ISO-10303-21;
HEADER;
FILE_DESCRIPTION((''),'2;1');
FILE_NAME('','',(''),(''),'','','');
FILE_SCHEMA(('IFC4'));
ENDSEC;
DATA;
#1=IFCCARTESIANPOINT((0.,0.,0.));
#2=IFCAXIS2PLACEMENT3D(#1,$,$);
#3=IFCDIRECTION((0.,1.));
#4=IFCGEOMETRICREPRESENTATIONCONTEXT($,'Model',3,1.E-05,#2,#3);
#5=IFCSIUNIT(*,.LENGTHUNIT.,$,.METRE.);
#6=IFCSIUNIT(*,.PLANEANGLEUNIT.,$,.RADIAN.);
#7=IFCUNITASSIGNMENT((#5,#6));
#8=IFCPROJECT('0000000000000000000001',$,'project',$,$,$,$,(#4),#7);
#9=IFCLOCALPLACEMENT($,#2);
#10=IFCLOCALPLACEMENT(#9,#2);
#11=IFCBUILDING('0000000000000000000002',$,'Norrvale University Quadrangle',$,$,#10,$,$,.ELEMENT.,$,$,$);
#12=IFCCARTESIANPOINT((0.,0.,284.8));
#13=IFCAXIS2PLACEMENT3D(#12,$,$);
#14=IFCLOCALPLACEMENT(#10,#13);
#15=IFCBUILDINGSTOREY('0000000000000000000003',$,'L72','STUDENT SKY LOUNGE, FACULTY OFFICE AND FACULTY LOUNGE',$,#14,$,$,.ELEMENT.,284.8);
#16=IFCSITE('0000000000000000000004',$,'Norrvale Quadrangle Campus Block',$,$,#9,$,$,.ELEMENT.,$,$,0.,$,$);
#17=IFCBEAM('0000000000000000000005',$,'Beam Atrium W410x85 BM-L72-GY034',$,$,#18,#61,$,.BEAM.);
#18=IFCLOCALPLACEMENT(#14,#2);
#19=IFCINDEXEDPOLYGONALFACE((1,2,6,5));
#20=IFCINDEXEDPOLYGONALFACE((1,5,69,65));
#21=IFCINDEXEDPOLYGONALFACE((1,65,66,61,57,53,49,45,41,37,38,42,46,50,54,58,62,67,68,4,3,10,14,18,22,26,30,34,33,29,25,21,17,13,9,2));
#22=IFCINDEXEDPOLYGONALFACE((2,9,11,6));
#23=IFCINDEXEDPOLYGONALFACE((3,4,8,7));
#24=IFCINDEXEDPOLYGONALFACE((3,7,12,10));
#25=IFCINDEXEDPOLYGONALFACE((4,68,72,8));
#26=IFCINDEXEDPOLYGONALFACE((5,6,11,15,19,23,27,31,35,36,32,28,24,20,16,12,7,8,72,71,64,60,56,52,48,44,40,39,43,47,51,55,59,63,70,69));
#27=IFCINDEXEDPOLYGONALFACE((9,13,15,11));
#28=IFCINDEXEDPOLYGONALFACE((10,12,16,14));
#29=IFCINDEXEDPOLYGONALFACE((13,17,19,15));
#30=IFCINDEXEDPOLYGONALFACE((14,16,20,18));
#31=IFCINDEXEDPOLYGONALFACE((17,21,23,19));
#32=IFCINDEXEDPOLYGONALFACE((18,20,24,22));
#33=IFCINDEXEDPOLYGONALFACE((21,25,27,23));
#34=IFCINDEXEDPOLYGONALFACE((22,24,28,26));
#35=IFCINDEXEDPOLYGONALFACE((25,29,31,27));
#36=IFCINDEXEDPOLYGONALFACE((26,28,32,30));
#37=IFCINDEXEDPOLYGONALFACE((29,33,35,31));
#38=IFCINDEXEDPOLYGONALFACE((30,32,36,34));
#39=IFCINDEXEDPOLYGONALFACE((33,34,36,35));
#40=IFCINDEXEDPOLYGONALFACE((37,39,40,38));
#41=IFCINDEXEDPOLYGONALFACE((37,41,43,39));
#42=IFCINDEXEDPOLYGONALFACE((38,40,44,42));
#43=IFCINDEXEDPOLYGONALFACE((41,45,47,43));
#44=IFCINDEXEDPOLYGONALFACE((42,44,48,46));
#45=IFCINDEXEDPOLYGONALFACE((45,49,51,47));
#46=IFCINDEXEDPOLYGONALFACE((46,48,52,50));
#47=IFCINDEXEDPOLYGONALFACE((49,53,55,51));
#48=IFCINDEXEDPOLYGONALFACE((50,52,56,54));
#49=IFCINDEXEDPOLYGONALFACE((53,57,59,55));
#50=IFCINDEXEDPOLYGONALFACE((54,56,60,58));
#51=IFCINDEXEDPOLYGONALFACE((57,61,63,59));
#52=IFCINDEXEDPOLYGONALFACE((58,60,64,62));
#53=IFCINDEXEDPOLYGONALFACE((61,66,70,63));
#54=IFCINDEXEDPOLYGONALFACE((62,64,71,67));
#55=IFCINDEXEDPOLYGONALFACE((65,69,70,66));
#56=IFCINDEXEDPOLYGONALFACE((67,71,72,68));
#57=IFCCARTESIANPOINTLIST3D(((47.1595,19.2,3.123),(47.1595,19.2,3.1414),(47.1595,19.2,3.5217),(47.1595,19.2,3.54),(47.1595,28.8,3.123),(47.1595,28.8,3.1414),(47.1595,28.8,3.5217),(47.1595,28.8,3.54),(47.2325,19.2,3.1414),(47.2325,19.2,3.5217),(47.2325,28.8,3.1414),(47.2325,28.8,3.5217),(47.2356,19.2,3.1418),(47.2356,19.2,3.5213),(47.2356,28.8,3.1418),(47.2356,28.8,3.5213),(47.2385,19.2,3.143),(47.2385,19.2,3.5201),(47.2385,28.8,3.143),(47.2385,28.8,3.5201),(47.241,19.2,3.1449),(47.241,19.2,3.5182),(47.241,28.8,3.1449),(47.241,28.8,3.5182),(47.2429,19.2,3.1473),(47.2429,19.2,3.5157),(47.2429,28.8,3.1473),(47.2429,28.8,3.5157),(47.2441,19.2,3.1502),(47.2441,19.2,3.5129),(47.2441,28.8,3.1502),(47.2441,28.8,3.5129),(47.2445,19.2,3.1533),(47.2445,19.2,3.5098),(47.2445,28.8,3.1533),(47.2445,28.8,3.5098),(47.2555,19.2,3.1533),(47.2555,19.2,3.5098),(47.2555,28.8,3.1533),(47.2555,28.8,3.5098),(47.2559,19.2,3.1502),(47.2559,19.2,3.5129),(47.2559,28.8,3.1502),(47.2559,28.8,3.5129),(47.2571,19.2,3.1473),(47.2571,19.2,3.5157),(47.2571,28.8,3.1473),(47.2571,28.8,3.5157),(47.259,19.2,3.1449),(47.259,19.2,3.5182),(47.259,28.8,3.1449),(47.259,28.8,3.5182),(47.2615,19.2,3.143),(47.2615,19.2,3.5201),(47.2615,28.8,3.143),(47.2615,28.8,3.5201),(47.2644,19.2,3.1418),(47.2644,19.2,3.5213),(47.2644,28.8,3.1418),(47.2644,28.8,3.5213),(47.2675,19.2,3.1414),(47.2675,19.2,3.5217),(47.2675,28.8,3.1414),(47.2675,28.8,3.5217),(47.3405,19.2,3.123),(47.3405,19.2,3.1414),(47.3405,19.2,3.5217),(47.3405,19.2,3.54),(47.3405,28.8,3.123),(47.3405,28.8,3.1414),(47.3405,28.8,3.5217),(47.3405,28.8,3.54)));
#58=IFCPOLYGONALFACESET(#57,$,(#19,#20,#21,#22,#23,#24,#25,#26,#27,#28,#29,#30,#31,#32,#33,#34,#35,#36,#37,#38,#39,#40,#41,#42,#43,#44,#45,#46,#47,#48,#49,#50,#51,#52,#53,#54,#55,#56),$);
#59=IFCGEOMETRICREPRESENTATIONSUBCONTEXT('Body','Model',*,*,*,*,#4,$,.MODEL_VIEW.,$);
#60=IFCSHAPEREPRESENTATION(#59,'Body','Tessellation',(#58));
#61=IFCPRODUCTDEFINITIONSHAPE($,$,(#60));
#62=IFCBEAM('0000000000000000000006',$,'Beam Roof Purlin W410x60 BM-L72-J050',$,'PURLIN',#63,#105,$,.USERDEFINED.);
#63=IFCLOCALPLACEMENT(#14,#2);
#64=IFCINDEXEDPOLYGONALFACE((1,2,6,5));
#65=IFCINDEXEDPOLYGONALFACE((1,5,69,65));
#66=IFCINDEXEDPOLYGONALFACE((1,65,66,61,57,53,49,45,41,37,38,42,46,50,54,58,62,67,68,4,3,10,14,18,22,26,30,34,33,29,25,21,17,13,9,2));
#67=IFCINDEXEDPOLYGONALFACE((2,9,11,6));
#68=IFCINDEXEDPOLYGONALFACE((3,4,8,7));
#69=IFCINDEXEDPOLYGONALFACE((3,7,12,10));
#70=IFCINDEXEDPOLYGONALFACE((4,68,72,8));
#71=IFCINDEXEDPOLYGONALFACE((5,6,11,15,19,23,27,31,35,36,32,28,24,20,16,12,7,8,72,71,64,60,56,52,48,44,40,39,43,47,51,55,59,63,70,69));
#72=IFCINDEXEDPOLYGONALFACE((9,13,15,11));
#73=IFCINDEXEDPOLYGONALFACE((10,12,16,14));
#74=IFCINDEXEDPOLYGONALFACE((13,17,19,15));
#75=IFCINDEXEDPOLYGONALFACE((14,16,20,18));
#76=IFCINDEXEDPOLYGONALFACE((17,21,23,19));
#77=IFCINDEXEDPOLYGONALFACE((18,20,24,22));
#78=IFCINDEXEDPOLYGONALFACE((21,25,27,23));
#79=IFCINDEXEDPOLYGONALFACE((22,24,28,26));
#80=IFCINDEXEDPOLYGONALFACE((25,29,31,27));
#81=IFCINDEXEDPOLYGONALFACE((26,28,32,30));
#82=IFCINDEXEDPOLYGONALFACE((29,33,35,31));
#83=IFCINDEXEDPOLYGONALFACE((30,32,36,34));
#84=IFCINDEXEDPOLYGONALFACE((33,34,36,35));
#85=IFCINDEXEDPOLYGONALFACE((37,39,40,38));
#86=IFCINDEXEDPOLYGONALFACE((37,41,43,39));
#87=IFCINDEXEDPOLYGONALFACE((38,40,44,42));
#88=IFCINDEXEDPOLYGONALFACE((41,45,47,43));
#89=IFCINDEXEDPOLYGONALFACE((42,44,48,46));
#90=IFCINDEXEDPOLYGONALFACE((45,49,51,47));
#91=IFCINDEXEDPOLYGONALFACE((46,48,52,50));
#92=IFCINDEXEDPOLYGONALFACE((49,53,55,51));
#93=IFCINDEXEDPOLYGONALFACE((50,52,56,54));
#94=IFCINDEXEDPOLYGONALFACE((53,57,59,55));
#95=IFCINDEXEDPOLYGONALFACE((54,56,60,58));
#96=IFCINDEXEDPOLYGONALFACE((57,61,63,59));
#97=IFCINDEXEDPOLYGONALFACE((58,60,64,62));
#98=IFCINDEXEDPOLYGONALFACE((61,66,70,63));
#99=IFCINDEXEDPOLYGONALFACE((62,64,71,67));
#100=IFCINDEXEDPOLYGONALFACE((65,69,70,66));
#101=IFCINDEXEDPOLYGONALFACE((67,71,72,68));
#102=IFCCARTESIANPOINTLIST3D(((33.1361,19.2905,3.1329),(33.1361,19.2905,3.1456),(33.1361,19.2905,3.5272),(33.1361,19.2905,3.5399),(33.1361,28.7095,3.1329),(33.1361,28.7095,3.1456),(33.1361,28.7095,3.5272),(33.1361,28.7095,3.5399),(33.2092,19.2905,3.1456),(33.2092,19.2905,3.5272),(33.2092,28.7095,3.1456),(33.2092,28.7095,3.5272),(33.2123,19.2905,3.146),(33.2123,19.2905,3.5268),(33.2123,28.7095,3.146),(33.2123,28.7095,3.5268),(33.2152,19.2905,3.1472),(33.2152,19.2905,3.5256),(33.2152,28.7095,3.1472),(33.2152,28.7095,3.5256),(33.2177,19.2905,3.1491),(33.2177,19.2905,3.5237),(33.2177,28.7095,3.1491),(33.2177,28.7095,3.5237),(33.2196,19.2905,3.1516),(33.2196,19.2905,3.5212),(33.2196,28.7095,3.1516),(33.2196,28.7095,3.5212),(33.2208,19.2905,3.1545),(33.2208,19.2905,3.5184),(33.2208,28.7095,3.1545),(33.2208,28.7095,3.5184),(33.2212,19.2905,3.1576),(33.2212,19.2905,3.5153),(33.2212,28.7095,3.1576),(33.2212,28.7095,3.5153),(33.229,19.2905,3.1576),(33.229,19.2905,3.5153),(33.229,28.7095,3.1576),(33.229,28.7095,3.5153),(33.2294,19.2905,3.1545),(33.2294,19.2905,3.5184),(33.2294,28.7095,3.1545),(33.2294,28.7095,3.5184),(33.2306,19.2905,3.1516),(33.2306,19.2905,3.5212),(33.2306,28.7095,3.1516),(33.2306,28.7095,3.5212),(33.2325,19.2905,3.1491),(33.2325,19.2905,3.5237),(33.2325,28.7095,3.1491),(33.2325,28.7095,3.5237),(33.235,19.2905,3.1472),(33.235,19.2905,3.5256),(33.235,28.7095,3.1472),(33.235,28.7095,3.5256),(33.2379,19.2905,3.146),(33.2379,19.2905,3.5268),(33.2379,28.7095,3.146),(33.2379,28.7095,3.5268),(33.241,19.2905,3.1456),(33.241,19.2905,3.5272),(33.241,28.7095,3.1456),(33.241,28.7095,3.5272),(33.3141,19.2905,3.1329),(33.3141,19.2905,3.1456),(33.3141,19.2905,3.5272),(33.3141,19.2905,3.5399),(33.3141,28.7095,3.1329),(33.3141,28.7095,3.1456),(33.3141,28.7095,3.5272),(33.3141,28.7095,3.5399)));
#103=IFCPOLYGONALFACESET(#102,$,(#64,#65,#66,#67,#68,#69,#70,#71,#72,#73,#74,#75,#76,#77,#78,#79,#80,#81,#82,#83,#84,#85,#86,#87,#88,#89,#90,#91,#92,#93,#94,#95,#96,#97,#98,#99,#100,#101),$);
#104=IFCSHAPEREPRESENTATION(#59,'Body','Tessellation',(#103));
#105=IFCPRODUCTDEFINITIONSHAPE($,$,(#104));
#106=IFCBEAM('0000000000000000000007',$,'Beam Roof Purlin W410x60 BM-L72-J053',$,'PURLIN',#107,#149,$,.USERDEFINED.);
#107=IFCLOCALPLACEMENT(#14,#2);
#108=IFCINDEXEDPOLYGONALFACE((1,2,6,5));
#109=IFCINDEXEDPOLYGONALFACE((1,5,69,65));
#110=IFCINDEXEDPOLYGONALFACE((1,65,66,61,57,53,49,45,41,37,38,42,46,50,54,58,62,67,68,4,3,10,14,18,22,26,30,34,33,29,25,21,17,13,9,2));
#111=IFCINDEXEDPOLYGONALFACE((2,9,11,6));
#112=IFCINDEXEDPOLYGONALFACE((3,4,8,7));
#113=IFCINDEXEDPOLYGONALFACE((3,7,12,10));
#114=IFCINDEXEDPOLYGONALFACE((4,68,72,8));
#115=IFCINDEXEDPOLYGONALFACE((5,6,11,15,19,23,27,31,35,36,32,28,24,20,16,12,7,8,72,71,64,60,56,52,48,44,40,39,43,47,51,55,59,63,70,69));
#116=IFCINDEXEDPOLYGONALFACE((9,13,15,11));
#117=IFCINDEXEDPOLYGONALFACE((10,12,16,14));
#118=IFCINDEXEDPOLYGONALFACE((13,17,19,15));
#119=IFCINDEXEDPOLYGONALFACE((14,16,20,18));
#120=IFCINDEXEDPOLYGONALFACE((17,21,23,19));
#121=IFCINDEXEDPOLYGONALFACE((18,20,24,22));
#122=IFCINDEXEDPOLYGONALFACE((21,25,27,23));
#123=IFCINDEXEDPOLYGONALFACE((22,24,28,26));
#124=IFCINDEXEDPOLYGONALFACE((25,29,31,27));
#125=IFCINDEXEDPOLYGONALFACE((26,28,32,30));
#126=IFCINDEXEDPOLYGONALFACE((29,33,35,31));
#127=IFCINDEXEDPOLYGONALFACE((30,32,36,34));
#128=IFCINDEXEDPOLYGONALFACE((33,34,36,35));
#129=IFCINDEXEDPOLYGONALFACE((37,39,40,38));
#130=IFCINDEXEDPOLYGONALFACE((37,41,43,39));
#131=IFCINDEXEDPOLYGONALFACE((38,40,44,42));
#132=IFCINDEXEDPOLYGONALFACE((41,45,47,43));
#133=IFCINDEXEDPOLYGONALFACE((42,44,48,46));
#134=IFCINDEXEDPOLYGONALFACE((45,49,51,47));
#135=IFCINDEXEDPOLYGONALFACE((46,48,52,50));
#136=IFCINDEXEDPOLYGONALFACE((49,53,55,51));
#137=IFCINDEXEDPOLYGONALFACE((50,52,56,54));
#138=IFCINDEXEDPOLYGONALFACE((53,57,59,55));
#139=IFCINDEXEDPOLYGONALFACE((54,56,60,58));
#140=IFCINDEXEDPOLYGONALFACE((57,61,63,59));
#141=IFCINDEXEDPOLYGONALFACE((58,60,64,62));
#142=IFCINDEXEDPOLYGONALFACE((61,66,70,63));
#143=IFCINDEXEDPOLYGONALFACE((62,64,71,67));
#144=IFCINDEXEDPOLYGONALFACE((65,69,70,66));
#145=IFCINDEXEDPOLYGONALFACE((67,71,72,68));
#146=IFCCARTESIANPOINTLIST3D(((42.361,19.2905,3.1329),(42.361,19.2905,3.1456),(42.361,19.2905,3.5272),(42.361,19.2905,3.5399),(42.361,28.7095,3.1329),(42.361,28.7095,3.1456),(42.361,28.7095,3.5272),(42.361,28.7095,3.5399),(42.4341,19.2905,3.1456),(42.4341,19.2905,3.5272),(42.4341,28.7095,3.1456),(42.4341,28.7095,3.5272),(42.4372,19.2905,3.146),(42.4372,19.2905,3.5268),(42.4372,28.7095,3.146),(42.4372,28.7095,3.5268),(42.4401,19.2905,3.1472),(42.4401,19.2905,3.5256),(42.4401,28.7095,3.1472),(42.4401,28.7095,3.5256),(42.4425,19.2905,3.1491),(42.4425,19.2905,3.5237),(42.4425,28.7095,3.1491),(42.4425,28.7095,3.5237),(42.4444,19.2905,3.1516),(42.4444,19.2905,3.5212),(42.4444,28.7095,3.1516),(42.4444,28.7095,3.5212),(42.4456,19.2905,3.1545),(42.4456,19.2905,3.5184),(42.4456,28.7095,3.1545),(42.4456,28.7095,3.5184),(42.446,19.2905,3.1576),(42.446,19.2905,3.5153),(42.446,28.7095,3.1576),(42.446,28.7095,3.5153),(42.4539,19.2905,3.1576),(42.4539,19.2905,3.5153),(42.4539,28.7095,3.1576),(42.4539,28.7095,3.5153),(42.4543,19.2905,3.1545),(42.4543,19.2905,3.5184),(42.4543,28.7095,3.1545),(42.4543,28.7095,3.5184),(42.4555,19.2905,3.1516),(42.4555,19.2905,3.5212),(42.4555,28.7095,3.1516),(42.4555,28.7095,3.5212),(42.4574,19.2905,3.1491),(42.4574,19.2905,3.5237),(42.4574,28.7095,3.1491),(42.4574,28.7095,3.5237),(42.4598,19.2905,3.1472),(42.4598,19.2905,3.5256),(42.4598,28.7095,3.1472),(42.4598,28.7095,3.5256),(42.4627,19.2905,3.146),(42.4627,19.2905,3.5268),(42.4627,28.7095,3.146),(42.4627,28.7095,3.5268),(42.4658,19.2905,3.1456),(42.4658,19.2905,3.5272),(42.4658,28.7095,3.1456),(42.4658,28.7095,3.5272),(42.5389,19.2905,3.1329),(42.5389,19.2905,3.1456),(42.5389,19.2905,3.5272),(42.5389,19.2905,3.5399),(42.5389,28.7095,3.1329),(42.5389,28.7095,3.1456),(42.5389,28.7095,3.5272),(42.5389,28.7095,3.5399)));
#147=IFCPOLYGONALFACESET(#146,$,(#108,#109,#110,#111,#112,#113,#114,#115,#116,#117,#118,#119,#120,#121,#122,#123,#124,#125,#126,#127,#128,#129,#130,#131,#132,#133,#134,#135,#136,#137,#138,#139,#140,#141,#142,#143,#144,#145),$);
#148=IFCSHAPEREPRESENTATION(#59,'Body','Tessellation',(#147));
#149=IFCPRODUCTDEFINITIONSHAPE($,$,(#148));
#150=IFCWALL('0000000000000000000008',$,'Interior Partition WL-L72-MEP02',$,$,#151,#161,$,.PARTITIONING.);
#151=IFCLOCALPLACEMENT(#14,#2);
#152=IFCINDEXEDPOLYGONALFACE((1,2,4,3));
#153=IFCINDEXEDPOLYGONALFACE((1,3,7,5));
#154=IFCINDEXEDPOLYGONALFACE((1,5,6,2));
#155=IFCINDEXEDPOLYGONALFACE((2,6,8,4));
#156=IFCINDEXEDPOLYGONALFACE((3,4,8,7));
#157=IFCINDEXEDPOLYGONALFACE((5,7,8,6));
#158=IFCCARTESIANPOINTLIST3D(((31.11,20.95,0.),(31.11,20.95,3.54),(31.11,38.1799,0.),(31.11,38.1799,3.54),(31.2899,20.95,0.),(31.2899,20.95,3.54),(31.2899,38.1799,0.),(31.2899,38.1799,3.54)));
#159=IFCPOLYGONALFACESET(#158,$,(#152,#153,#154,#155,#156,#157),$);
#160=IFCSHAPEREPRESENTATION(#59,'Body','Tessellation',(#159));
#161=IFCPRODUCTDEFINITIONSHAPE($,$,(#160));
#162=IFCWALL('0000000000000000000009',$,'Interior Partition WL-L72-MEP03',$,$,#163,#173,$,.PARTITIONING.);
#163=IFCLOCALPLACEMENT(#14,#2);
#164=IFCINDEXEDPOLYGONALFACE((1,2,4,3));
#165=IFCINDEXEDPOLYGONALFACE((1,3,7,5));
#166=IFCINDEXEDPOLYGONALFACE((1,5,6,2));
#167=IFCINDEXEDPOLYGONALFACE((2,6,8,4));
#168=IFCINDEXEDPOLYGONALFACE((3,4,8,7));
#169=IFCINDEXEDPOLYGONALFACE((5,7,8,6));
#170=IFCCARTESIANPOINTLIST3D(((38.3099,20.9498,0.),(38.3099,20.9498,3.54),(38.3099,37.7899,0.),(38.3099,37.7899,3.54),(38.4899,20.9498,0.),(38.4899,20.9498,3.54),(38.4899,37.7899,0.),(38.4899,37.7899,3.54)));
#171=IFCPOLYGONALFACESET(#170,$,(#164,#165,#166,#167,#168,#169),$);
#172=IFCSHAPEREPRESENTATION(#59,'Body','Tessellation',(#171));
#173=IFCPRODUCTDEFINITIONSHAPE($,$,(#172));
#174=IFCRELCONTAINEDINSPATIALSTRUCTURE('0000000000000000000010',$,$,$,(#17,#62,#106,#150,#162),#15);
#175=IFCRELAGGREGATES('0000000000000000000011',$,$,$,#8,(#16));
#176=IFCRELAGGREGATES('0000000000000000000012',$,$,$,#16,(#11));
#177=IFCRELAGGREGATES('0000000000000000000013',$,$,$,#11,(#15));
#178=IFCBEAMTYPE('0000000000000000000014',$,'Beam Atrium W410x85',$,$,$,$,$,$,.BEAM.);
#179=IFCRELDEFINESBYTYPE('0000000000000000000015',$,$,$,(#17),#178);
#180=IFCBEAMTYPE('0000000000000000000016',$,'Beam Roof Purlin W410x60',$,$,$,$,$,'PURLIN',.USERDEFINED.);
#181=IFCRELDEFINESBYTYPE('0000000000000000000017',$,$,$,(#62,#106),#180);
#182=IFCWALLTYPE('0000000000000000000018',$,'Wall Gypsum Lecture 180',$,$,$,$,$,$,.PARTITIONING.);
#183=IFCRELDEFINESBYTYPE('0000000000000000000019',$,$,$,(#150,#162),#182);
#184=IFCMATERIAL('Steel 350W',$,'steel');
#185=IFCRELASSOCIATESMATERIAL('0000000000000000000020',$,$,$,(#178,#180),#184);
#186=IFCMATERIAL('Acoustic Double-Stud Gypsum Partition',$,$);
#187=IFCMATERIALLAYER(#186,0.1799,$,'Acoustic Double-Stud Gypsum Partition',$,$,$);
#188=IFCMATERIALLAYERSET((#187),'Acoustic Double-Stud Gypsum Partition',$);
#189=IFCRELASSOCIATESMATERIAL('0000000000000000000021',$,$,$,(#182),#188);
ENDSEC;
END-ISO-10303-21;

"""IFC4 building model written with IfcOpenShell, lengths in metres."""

from ifc_helpers import new_model, si_unit, direction, frame, frame_2d, origin, origin_2d, place, context, subcontext, project, spatial, rectangle, i_section, extrude, material, layer, layer_set, material_profile, profile_set, type_object, element, save


model = new_model("IFC4")

# Units and contexts
model_context = context("Model", 3, precision=1e-05, world=origin(), true_north=direction((0.0, 1.0)))
body_context = subcontext(model_context, "Body", "Model", "MODEL_VIEW")
ifc_project = project(units=[si_unit("LENGTHUNIT", "METRE"), si_unit("PLANEANGLEUNIT", "RADIAN")], contexts=[model_context])

# Site, building, storey
site_placement = place(None, origin())
site = spatial("IfcSite", under=ifc_project, at=site_placement, Name="Norrvale Quadrangle Campus Block", CompositionType="ELEMENT", RefElevation=0.0)
building_placement = place(site_placement, origin())
building = spatial("IfcBuilding", under=site, at=building_placement, Name="Norrvale University Quadrangle", CompositionType="ELEMENT")
storey_placement = place(building_placement, frame((0.0, 0.0, 284.8)))
storey = spatial("IfcBuildingStorey", under=building, at=storey_placement, Name="L72", Description="STUDENT SKY LOUNGE, FACULTY OFFICE AND FACULTY LOUNGE", CompositionType="ELEMENT", Elevation=284.8)

# Beams
ifc_material_1 = material(Name="Steel 350W", Category="steel")
ifc_material_profile_1 = material_profile(ifc_material_1, i_section(OverallWidth=0.1809, OverallDepth=0.417, WebThickness=0.011, FlangeThickness=0.0183, FilletRadius=0.012, at=origin_2d()), Name="Steel 350W")
ifc_profile_set_1 = profile_set([ifc_material_profile_1], Name="Steel 350W")
beam_type_1 = type_object("IfcBeamType", Name="Beam Atrium W410x85", PredefinedType="BEAM", material=ifc_profile_set_1)
for number, where, z_axis, x_axis, name in (
    (1, (47.25, 19.2, 3.3315), (0.0, 1.0, 0.0), (-1.0, 0.0, 0.0), "Beam Atrium W410x85 BM-L72-GY034"),
):
    element("IfcBeam", number, at=place(storey_placement, frame(where, z_axis=z_axis, x_axis=x_axis)), inside=storey, type_object=beam_type_1, Name=name, PredefinedType="BEAM", context=body_context, shape_type="SweptSolid", body=[
        extrude(i_section(OverallWidth=0.1809, OverallDepth=0.417, WebThickness=0.011, FlangeThickness=0.0183, FilletRadius=0.012, at=origin_2d()), origin(), (0.0, 0.0, 1.0), 9.6001),
    ])
ifc_material_profile_2 = material_profile(ifc_material_1, i_section(OverallWidth=0.178, OverallDepth=0.407, WebThickness=0.0078, FlangeThickness=0.0127, FilletRadius=0.012, at=origin_2d()), Name="Steel 350W")
ifc_profile_set_2 = profile_set([ifc_material_profile_2], Name="Steel 350W")
beam_type_2 = type_object("IfcBeamType", Name="Beam Roof Purlin W410x60", ElementType="PURLIN", PredefinedType="USERDEFINED", material=ifc_profile_set_2)
for number, where, z_axis, x_axis, name in (
    (2, (33.2251, 19.2905, 3.3364), (0.0, 1.0, 0.0), (-1.0, 0.0, 0.0), "Beam Roof Purlin W410x60 BM-L72-J050"),
    (3, (42.45, 19.2905, 3.3364), (0.0, 1.0, 0.0), (-1.0, 0.0, 0.0), "Beam Roof Purlin W410x60 BM-L72-J053"),
):
    element("IfcBeam", number, at=place(storey_placement, frame(where, z_axis=z_axis, x_axis=x_axis)), inside=storey, type_object=beam_type_2, Name=name, ObjectType="PURLIN", PredefinedType="USERDEFINED", context=body_context, shape_type="SweptSolid", body=[
        extrude(i_section(OverallWidth=0.178, OverallDepth=0.407, WebThickness=0.0078, FlangeThickness=0.0127, FilletRadius=0.012, at=origin_2d()), origin(), (0.0, 0.0, 1.0), 9.4189),
    ])

# Walls
ifc_material_2 = material(Name="Acoustic Double-Stud Gypsum Partition")
ifc_layer = layer(ifc_material_2, 0.1799, Name="Acoustic Double-Stud Gypsum Partition")
ifc_layer_set = layer_set([ifc_layer], Name="Acoustic Double-Stud Gypsum Partition")
wall_type = type_object("IfcWallType", Name="Wall Gypsum Lecture 180", PredefinedType="PARTITIONING", material=ifc_layer_set)
wall_1_placement = place(storey_placement, frame((31.2, 20.95, 0.0), z_axis=(0.0, 0.0, 1.0), x_axis=(0.0, 1.0, 0.0)))
element("IfcWall", 4, at=wall_1_placement, inside=storey, type_object=wall_type, Name="Interior Partition WL-L72-MEP02", PredefinedType="PARTITIONING", context=body_context, shape_type="SweptSolid", body=[
    extrude(rectangle(XDim=17.23, YDim=0.1799, at=frame_2d((8.615, 0.0))), origin(), (0.0, 0.0, 1.0), 3.54),
])
wall_2_placement = place(storey_placement, frame((38.3999, 20.95, 0.0), z_axis=(0.0, 0.0, 1.0), x_axis=(0.0, 1.0, 0.0)))
element("IfcWall", 5, at=wall_2_placement, inside=storey, type_object=wall_type, Name="Interior Partition WL-L72-MEP03", PredefinedType="PARTITIONING", context=body_context, shape_type="SweptSolid", body=[
    extrude(rectangle(XDim=16.8401, YDim=0.1799, at=frame_2d((8.4199, 0.0))), origin(), (0.0, 0.0, 1.0), 3.54),
])

save(model, "model.ifc")
